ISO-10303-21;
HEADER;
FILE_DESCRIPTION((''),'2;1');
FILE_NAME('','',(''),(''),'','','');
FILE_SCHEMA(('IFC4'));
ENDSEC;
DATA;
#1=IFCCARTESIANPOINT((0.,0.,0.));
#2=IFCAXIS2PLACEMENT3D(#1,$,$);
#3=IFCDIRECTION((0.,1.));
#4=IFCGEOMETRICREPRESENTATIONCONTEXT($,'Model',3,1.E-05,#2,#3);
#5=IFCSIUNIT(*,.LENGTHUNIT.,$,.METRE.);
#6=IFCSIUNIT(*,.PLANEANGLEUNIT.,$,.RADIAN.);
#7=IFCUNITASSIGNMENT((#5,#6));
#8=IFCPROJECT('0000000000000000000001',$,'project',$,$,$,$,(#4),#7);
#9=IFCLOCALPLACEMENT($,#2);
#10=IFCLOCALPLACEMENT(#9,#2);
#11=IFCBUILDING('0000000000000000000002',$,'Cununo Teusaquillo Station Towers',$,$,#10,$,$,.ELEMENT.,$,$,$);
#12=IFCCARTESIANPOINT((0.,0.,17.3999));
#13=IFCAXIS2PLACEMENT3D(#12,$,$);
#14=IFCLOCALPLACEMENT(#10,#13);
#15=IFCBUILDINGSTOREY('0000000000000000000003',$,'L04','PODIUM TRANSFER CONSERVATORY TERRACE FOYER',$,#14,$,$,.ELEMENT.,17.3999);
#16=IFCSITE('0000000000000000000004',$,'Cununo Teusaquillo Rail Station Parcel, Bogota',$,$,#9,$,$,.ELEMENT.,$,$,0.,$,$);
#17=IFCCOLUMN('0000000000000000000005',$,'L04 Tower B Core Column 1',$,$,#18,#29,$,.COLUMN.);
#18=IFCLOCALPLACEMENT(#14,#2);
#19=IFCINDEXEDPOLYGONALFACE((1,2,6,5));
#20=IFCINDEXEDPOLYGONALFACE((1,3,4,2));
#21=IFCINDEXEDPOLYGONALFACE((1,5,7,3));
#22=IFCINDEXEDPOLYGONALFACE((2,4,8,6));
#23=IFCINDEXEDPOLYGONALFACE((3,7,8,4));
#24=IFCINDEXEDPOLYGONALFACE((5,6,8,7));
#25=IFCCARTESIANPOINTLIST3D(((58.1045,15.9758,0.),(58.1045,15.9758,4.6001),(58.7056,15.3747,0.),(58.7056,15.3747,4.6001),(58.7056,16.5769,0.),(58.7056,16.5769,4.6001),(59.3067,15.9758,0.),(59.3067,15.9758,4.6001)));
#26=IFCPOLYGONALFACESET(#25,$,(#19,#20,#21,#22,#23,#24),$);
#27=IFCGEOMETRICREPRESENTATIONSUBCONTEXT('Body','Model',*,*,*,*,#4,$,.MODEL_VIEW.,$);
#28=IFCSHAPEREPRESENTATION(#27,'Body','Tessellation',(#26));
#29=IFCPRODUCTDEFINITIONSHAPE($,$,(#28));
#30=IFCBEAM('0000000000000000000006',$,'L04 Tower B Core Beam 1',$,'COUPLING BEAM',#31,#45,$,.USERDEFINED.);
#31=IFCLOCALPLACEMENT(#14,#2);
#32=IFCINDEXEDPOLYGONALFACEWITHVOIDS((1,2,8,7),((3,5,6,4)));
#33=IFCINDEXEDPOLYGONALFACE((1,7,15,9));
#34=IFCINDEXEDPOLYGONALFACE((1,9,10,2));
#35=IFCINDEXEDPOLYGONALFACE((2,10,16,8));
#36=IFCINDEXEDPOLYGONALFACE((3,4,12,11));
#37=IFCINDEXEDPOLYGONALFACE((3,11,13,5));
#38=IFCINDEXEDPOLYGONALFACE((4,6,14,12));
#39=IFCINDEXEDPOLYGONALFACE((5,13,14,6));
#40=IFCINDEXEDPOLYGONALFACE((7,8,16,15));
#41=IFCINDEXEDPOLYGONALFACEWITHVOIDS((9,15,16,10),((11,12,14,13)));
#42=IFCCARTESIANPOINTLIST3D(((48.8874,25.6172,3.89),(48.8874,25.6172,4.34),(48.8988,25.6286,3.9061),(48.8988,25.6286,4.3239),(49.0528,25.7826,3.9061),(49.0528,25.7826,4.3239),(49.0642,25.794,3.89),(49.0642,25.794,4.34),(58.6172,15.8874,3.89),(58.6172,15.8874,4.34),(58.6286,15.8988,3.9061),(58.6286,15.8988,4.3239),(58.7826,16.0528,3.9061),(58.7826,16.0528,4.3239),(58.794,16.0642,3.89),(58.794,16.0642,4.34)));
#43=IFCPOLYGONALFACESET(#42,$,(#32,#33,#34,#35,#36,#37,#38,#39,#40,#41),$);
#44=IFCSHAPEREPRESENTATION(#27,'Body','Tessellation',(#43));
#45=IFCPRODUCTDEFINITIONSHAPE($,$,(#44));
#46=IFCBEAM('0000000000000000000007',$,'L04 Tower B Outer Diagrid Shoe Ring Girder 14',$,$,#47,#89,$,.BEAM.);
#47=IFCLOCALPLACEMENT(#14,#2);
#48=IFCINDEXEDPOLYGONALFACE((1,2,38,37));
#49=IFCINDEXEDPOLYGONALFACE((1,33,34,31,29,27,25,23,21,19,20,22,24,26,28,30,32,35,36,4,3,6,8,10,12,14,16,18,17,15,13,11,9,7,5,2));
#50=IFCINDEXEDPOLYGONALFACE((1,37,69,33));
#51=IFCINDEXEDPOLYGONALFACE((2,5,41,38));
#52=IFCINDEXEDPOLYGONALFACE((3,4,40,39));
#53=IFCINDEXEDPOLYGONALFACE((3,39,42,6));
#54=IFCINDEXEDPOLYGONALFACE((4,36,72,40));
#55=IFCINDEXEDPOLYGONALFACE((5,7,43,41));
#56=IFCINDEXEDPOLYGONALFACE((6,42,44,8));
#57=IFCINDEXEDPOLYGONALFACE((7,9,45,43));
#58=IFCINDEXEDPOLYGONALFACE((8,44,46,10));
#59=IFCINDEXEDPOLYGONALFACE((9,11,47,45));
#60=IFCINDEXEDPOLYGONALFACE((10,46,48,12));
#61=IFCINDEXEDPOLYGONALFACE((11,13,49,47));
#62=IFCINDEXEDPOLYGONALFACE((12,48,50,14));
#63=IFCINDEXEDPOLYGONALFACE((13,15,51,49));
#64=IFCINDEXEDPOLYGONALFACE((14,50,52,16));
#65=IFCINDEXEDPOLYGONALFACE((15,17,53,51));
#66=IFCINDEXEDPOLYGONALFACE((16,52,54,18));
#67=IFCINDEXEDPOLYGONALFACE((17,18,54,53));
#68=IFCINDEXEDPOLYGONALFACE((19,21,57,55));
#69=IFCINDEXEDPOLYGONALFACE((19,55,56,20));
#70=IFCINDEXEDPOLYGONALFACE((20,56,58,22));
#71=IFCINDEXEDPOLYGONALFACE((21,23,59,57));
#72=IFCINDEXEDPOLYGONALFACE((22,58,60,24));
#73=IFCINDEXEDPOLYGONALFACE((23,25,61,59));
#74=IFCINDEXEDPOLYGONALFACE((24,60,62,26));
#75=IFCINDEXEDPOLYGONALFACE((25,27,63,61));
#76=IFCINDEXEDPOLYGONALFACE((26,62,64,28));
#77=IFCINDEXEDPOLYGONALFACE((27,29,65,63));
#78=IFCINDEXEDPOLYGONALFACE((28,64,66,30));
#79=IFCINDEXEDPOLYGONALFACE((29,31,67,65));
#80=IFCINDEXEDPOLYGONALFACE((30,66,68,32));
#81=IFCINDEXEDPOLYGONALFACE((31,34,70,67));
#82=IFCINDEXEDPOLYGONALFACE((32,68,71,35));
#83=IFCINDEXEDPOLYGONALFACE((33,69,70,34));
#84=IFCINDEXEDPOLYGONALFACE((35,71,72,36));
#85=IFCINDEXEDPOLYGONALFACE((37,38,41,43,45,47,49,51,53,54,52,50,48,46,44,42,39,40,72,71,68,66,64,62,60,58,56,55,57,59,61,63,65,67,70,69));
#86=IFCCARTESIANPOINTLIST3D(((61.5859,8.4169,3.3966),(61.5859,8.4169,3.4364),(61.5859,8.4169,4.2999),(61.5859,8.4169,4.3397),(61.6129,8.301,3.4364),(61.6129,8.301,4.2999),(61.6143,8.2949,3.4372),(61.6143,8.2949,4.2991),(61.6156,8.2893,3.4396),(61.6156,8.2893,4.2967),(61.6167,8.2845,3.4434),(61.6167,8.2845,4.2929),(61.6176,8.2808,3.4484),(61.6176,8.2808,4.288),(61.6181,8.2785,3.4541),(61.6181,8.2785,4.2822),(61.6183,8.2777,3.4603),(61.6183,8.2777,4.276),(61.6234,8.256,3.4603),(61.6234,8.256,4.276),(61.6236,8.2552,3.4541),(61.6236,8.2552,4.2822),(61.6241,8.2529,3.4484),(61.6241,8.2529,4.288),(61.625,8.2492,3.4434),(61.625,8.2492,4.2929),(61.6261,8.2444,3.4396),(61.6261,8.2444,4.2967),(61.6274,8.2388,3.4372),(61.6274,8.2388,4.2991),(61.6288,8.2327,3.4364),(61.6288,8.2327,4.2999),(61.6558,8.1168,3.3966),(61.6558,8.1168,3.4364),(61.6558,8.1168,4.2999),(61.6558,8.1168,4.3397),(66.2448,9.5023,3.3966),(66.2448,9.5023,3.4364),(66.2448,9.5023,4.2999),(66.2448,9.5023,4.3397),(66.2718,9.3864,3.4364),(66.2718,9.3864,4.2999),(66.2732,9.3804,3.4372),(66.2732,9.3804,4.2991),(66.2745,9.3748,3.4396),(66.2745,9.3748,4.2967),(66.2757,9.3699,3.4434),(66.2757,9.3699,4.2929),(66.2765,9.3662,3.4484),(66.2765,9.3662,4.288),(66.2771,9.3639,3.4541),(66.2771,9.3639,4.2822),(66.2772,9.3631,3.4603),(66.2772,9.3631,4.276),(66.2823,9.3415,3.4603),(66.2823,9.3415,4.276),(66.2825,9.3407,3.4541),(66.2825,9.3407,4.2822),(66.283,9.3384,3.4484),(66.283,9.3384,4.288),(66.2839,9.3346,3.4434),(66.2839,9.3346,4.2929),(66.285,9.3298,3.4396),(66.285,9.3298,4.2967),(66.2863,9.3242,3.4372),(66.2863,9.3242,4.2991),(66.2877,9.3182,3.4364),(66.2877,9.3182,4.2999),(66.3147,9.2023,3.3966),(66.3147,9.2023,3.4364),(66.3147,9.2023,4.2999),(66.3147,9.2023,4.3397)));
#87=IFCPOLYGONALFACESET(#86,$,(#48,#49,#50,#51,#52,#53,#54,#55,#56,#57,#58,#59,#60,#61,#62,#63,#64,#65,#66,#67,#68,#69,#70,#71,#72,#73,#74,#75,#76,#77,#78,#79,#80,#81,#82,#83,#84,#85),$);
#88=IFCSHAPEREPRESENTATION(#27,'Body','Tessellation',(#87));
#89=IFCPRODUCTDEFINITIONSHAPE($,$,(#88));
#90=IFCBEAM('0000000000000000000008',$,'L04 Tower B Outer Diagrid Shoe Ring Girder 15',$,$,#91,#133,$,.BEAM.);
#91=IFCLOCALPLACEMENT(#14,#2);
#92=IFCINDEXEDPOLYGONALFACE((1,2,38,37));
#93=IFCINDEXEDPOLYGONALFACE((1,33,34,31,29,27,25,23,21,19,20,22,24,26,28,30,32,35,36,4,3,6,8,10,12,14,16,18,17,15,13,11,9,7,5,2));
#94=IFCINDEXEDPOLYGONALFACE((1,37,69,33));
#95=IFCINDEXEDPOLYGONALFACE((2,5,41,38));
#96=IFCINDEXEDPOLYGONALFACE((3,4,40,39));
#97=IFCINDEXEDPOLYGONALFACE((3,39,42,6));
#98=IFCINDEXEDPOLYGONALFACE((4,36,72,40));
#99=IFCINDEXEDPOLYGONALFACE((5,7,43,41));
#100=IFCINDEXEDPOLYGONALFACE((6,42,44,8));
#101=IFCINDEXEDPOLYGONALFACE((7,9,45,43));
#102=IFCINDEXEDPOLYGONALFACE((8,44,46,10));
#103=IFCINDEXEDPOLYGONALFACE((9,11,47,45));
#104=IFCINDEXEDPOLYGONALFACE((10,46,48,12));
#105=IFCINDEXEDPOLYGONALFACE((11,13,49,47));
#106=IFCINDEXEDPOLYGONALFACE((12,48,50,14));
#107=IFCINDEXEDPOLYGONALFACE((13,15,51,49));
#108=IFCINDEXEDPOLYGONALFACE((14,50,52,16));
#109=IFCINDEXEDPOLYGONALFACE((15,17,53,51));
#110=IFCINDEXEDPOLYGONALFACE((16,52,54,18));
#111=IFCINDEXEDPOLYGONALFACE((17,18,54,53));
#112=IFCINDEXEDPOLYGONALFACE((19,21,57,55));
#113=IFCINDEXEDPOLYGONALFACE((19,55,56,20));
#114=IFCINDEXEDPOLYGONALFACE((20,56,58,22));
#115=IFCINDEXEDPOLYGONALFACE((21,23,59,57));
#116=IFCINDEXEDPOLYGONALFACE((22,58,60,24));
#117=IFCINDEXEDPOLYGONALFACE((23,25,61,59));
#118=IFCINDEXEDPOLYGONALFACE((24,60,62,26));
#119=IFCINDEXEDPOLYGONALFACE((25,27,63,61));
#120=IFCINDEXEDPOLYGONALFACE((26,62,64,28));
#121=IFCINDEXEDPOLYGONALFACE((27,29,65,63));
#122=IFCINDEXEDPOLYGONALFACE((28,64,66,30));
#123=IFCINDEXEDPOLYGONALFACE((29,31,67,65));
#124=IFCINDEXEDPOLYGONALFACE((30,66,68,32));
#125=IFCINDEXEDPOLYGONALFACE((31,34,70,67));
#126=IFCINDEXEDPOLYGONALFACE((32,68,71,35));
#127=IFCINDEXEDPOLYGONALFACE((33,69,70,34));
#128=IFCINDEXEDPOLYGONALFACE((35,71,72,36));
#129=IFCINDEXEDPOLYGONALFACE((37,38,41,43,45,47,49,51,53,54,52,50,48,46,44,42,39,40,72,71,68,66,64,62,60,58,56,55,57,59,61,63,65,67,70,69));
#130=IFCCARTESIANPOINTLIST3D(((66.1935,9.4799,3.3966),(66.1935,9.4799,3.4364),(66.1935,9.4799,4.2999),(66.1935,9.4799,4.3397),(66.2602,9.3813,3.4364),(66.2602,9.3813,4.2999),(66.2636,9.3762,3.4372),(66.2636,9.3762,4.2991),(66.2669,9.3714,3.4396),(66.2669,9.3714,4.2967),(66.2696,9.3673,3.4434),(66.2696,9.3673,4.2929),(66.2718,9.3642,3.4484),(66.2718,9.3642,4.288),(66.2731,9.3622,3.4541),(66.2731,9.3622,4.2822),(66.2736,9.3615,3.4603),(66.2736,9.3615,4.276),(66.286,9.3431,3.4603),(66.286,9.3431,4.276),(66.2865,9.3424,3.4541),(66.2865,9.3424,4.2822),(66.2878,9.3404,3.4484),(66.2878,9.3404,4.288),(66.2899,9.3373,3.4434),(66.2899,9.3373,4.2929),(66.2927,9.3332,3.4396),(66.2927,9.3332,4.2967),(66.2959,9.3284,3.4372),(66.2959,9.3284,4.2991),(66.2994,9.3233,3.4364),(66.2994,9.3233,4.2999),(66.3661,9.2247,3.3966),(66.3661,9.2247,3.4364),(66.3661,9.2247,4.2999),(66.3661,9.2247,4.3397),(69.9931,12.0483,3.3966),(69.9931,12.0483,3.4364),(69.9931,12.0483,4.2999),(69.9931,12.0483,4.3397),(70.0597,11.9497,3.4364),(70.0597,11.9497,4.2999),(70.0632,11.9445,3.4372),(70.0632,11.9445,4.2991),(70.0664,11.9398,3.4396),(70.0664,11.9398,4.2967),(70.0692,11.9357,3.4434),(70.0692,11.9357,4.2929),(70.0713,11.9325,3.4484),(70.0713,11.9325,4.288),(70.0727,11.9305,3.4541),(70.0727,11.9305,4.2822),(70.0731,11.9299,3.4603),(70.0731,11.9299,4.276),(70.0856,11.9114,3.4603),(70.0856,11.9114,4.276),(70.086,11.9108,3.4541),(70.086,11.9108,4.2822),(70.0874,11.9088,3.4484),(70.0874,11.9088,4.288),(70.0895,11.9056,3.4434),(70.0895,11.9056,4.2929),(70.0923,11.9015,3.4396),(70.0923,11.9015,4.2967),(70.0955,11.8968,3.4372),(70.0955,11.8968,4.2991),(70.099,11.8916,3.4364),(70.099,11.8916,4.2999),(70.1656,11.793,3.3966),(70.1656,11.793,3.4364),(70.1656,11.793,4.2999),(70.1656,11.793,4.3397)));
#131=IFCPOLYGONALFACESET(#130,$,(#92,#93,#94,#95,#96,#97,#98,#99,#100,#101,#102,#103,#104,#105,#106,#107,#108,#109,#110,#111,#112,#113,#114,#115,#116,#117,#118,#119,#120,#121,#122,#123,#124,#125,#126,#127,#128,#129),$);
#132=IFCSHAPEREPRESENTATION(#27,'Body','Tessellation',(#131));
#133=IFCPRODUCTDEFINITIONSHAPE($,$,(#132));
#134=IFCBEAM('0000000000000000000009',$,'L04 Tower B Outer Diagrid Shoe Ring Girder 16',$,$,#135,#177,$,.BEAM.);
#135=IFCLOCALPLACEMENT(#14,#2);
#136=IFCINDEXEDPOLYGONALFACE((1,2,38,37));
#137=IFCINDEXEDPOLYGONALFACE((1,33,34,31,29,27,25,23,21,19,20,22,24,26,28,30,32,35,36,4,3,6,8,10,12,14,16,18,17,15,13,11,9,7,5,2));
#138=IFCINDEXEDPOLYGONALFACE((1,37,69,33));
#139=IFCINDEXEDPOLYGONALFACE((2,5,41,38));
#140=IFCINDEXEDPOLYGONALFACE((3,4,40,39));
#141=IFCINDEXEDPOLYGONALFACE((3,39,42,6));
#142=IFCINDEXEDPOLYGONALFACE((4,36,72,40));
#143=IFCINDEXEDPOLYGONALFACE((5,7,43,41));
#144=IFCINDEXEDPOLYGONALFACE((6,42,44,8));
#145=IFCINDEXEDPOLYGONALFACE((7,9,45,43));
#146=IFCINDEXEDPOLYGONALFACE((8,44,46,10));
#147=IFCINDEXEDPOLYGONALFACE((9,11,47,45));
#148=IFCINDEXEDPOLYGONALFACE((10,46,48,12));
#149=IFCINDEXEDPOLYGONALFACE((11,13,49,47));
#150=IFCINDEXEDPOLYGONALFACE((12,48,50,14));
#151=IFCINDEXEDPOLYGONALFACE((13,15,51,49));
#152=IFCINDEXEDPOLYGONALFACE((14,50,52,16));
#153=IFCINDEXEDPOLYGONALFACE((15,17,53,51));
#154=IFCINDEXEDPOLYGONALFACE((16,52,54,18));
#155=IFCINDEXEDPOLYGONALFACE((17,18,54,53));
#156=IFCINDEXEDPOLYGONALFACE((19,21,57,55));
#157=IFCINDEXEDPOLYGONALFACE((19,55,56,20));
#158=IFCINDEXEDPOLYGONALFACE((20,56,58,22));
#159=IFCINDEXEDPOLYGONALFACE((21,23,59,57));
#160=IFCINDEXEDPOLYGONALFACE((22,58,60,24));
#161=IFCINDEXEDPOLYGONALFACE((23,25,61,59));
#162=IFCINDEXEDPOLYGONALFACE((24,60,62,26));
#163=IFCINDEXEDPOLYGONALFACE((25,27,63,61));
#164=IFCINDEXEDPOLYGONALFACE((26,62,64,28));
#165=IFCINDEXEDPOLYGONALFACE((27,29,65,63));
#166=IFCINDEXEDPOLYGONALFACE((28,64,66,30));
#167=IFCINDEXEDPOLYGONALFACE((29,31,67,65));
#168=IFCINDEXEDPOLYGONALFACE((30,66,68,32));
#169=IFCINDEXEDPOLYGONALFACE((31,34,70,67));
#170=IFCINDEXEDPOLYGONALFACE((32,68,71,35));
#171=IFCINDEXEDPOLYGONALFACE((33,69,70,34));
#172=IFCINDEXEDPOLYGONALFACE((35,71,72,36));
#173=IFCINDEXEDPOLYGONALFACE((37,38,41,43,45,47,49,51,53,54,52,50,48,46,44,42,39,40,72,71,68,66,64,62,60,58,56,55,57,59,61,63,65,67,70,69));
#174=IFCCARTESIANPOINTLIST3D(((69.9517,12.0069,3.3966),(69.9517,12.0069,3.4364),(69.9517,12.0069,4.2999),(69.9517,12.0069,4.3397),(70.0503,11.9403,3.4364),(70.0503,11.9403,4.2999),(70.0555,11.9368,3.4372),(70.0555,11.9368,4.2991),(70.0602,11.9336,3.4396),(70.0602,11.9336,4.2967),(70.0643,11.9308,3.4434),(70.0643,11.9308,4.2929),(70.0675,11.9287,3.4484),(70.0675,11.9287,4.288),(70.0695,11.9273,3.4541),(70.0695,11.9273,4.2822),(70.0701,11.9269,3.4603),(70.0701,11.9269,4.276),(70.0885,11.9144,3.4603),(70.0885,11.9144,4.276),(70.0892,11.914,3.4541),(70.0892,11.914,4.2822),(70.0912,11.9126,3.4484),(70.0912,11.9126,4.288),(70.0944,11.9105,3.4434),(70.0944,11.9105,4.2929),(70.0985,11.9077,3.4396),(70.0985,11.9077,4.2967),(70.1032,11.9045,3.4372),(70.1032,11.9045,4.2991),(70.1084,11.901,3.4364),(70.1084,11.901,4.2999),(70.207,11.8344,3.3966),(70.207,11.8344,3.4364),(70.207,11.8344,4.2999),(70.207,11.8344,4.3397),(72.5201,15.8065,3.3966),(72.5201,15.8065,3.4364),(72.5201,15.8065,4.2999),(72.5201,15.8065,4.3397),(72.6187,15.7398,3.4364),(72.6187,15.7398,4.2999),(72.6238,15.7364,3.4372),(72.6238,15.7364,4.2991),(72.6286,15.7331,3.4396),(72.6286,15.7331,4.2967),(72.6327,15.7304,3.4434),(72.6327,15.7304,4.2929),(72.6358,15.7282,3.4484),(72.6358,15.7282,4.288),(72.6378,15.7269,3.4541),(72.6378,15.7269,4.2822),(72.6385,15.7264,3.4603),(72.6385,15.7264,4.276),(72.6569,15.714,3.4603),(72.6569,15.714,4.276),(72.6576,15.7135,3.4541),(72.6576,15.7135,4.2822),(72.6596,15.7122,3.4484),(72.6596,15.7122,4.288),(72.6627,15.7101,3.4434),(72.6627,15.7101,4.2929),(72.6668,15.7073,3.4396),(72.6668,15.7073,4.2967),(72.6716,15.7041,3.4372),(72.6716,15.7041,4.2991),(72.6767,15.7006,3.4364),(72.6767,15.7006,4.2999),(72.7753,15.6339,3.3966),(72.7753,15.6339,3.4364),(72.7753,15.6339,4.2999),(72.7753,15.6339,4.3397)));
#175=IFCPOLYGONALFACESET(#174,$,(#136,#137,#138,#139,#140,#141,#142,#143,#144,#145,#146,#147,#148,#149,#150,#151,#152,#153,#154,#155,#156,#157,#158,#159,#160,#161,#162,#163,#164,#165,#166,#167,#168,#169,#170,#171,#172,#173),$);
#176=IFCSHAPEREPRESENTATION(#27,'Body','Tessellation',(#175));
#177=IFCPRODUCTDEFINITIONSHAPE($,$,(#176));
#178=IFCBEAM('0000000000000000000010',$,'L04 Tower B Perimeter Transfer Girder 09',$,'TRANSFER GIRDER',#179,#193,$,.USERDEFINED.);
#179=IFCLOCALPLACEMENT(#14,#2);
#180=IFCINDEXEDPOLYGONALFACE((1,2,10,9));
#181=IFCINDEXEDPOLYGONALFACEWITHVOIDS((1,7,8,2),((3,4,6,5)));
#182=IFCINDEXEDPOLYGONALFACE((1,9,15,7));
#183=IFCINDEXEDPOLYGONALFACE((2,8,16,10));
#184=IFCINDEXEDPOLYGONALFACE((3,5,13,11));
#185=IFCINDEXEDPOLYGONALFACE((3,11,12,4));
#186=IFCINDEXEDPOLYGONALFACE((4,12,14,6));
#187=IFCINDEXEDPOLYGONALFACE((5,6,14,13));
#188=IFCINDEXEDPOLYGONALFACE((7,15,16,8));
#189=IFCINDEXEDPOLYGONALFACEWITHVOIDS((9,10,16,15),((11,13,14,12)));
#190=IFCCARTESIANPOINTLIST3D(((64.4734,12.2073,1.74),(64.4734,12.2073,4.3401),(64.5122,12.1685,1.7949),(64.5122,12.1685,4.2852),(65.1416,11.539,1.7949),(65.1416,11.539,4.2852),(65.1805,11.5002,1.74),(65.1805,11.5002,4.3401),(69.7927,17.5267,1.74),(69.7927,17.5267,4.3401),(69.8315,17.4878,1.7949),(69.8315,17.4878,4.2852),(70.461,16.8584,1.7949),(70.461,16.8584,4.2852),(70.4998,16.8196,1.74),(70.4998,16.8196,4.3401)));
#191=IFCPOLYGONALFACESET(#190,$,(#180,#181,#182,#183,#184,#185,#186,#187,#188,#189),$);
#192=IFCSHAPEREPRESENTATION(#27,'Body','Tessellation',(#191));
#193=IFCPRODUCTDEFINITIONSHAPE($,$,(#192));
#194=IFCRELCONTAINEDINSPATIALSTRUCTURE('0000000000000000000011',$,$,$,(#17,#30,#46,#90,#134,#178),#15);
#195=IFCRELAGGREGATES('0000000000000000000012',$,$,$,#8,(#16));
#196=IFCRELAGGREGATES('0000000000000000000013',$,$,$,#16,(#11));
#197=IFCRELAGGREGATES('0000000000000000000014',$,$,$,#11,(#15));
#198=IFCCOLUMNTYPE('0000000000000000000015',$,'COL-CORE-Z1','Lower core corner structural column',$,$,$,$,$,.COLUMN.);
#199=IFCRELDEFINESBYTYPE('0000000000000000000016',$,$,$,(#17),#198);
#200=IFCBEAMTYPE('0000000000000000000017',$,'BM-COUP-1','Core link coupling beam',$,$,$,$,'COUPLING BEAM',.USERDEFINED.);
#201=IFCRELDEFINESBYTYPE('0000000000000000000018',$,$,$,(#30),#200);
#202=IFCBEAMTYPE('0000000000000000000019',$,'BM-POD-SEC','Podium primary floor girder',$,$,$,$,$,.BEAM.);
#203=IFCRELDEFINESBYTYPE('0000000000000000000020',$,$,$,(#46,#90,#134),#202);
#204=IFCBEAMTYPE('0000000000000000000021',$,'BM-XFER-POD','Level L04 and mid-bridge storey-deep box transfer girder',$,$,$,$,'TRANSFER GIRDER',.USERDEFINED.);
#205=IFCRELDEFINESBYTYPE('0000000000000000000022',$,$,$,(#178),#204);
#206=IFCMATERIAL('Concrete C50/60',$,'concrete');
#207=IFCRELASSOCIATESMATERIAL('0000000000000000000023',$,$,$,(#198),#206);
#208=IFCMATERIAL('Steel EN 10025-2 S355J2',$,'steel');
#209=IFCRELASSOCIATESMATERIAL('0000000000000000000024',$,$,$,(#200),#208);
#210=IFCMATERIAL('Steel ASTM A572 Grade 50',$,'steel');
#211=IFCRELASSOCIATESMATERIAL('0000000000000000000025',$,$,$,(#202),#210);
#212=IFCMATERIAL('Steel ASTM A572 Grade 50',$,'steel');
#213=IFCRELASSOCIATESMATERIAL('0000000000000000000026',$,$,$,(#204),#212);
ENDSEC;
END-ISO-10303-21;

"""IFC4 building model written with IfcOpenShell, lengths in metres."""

from ifc_helpers import new_model, si_unit, direction, frame, origin, origin_2d, place, context, subcontext, project, spatial, rectangle, hollow_rectangle, i_section, extrude, material, material_profile, profile_set, type_object, element, save


model = new_model("IFC4")

# Units and contexts
model_context = context("Model", 3, precision=1e-05, world=origin(), true_north=direction((0.0, 1.0)))
body_context = subcontext(model_context, "Body", "Model", "MODEL_VIEW")
ifc_project = project(units=[si_unit("LENGTHUNIT", "METRE"), si_unit("PLANEANGLEUNIT", "RADIAN")], contexts=[model_context])

# Site, building, storey
site_placement = place(None, origin())
site = spatial("IfcSite", under=ifc_project, at=site_placement, Name="Cununo Teusaquillo Rail Station Parcel, Bogota", CompositionType="ELEMENT", RefElevation=0.0)
building_placement = place(site_placement, origin())
building = spatial("IfcBuilding", under=site, at=building_placement, Name="Cununo Teusaquillo Station Towers", CompositionType="ELEMENT")
storey_placement = place(building_placement, frame((0.0, 0.0, 17.3999)))
storey = spatial("IfcBuildingStorey", under=building, at=storey_placement, Name="L04", Description="PODIUM TRANSFER CONSERVATORY TERRACE FOYER", CompositionType="ELEMENT", Elevation=17.3999)

# Column
ifc_material_1 = material(Name="Concrete C50/60", Category="concrete")
ifc_material_profile_1 = material_profile(ifc_material_1, rectangle(XDim=0.8501, YDim=0.8501, at=origin_2d()), Name="RC-RECT-850x850")
ifc_profile_set_1 = profile_set([ifc_material_profile_1], Name="Concrete C50/60")
column_type = type_object("IfcColumnType", Name="COL-CORE-Z1", Description="Lower core corner structural column", PredefinedType="COLUMN", material=ifc_profile_set_1)
column_placement = place(storey_placement, frame((58.7056, 15.9758, 0.0), z_axis=(0.0, 0.0, 1.0), x_axis=(0.707107, 0.707107, 0.0)))
element("IfcColumn", 1, at=column_placement, inside=storey, type_object=column_type, Name="L04 Tower B Core Column 1", PredefinedType="COLUMN", context=body_context, shape_type="SweptSolid", body=[
    extrude(rectangle(XDim=0.8501, YDim=0.8501, at=origin_2d()), origin(), (0.0, 0.0, 1.0), 4.6001),
])

# Beams
ifc_material_2 = material(Name="Steel EN 10025-2 S355J2", Category="steel")
ifc_material_profile_2 = material_profile(ifc_material_2, hollow_rectangle(XDim=0.25, YDim=0.45, WallThickness=0.0161, at=origin_2d()), Name="RHS 450x250x16")
ifc_profile_set_2 = profile_set([ifc_material_profile_2], Name="Steel EN 10025-2 S355J2")
beam_type_1 = type_object("IfcBeamType", Name="BM-COUP-1", Description="Core link coupling beam", ElementType="COUPLING BEAM", PredefinedType="USERDEFINED", material=ifc_profile_set_2)
beam_1_placement = place(storey_placement, frame((58.7056, 15.9758, 4.115), z_axis=(-0.707107, 0.707107, 0.0), x_axis=(-0.707107, -0.707107, 0.0)))
element("IfcBeam", 2, at=beam_1_placement, inside=storey, type_object=beam_type_1, Name="L04 Tower B Core Beam 1", ObjectType="COUPLING BEAM", PredefinedType="USERDEFINED", context=body_context, shape_type="SweptSolid", body=[
    extrude(hollow_rectangle(XDim=0.25, YDim=0.45, WallThickness=0.0161, at=origin_2d()), origin(), (0.0, 0.0, 1.0), 13.76),
])
ifc_material_3 = material(Name="Steel ASTM A572 Grade 50", Category="steel")
ifc_material_profile_3 = material_profile(ifc_material_3, i_section(OverallWidth=0.3081, OverallDepth=0.9431, WebThickness=0.0222, FlangeThickness=0.0398, FilletRadius=0.0239, at=origin_2d()), Name="W36X232")
ifc_profile_set_3 = profile_set([ifc_material_profile_3], Name="Steel ASTM A572 Grade 50")
beam_type_2 = type_object("IfcBeamType", Name="BM-POD-SEC", Description="Podium primary floor girder", PredefinedType="BEAM", material=ifc_profile_set_3)
beam_2_placement = place(storey_placement, frame((61.6208, 8.2668, 3.8682), z_axis=(0.973917, 0.226905, 0.0), x_axis=(-0.226905, 0.973917, 0.0)))
element("IfcBeam", 3, at=beam_2_placement, inside=storey, type_object=beam_type_2, Name="L04 Tower B Outer Diagrid Shoe Ring Girder 14", PredefinedType="BEAM", context=body_context, shape_type="SweptSolid", body=[
    extrude(i_section(OverallWidth=0.3081, OverallDepth=0.9431, WebThickness=0.0222, FlangeThickness=0.0398, FilletRadius=0.0239, at=origin_2d()), origin(), (0.0, 0.0, 1.0), 4.7837),
])
for number, where, z_axis, x_axis, name in (
    (4, (66.2798, 9.3523, 3.8682), (0.828479, 0.56002, 0.0), (-0.56002, 0.828479, 0.0), "L04 Tower B Outer Diagrid Shoe Ring Girder 15"),
    (5, (70.0793, 11.9207, 3.8682), (0.56002, 0.828479, 0.0), (-0.828479, 0.56002, 0.0), "L04 Tower B Outer Diagrid Shoe Ring Girder 16"),
):
    element("IfcBeam", number, at=place(storey_placement, frame(where, z_axis=z_axis, x_axis=x_axis)), inside=storey, type_object=beam_type_2, Name=name, PredefinedType="BEAM", context=body_context, shape_type="SweptSolid", body=[
        extrude(i_section(OverallWidth=0.3081, OverallDepth=0.9431, WebThickness=0.0222, FlangeThickness=0.0398, FilletRadius=0.0239, at=origin_2d()), origin(), (0.0, 0.0, 1.0), 4.5862),
    ])
ifc_material_4 = material(Name="Steel ASTM A572 Grade 50", Category="steel")
ifc_material_profile_4 = material_profile(ifc_material_4, hollow_rectangle(XDim=1.0, YDim=2.6001, WallThickness=0.0549, at=origin_2d()), Name="BOX 2600x1000x55")
ifc_profile_set_4 = profile_set([ifc_material_profile_4], Name="Steel ASTM A572 Grade 50")
beam_type_3 = type_object("IfcBeamType", Name="BM-XFER-POD", Description="Level L04 and mid-bridge storey-deep box transfer girder", ElementType="TRANSFER GIRDER", PredefinedType="USERDEFINED", material=ifc_profile_set_4)
beam_3_placement = place(storey_placement, frame((64.8269, 11.8538, 3.04), z_axis=(0.707107, 0.707107, 0.0), x_axis=(-0.707107, 0.707107, 0.0)))
element("IfcBeam", 6, at=beam_3_placement, inside=storey, type_object=beam_type_3, Name="L04 Tower B Perimeter Transfer Girder 09", ObjectType="TRANSFER GIRDER", PredefinedType="USERDEFINED", context=body_context, shape_type="SweptSolid", body=[
    extrude(hollow_rectangle(XDim=1.0, YDim=2.6001, WallThickness=0.0549, at=origin_2d()), origin(), (0.0, 0.0, 1.0), 7.5227),
])

save(model, "model.ifc")
